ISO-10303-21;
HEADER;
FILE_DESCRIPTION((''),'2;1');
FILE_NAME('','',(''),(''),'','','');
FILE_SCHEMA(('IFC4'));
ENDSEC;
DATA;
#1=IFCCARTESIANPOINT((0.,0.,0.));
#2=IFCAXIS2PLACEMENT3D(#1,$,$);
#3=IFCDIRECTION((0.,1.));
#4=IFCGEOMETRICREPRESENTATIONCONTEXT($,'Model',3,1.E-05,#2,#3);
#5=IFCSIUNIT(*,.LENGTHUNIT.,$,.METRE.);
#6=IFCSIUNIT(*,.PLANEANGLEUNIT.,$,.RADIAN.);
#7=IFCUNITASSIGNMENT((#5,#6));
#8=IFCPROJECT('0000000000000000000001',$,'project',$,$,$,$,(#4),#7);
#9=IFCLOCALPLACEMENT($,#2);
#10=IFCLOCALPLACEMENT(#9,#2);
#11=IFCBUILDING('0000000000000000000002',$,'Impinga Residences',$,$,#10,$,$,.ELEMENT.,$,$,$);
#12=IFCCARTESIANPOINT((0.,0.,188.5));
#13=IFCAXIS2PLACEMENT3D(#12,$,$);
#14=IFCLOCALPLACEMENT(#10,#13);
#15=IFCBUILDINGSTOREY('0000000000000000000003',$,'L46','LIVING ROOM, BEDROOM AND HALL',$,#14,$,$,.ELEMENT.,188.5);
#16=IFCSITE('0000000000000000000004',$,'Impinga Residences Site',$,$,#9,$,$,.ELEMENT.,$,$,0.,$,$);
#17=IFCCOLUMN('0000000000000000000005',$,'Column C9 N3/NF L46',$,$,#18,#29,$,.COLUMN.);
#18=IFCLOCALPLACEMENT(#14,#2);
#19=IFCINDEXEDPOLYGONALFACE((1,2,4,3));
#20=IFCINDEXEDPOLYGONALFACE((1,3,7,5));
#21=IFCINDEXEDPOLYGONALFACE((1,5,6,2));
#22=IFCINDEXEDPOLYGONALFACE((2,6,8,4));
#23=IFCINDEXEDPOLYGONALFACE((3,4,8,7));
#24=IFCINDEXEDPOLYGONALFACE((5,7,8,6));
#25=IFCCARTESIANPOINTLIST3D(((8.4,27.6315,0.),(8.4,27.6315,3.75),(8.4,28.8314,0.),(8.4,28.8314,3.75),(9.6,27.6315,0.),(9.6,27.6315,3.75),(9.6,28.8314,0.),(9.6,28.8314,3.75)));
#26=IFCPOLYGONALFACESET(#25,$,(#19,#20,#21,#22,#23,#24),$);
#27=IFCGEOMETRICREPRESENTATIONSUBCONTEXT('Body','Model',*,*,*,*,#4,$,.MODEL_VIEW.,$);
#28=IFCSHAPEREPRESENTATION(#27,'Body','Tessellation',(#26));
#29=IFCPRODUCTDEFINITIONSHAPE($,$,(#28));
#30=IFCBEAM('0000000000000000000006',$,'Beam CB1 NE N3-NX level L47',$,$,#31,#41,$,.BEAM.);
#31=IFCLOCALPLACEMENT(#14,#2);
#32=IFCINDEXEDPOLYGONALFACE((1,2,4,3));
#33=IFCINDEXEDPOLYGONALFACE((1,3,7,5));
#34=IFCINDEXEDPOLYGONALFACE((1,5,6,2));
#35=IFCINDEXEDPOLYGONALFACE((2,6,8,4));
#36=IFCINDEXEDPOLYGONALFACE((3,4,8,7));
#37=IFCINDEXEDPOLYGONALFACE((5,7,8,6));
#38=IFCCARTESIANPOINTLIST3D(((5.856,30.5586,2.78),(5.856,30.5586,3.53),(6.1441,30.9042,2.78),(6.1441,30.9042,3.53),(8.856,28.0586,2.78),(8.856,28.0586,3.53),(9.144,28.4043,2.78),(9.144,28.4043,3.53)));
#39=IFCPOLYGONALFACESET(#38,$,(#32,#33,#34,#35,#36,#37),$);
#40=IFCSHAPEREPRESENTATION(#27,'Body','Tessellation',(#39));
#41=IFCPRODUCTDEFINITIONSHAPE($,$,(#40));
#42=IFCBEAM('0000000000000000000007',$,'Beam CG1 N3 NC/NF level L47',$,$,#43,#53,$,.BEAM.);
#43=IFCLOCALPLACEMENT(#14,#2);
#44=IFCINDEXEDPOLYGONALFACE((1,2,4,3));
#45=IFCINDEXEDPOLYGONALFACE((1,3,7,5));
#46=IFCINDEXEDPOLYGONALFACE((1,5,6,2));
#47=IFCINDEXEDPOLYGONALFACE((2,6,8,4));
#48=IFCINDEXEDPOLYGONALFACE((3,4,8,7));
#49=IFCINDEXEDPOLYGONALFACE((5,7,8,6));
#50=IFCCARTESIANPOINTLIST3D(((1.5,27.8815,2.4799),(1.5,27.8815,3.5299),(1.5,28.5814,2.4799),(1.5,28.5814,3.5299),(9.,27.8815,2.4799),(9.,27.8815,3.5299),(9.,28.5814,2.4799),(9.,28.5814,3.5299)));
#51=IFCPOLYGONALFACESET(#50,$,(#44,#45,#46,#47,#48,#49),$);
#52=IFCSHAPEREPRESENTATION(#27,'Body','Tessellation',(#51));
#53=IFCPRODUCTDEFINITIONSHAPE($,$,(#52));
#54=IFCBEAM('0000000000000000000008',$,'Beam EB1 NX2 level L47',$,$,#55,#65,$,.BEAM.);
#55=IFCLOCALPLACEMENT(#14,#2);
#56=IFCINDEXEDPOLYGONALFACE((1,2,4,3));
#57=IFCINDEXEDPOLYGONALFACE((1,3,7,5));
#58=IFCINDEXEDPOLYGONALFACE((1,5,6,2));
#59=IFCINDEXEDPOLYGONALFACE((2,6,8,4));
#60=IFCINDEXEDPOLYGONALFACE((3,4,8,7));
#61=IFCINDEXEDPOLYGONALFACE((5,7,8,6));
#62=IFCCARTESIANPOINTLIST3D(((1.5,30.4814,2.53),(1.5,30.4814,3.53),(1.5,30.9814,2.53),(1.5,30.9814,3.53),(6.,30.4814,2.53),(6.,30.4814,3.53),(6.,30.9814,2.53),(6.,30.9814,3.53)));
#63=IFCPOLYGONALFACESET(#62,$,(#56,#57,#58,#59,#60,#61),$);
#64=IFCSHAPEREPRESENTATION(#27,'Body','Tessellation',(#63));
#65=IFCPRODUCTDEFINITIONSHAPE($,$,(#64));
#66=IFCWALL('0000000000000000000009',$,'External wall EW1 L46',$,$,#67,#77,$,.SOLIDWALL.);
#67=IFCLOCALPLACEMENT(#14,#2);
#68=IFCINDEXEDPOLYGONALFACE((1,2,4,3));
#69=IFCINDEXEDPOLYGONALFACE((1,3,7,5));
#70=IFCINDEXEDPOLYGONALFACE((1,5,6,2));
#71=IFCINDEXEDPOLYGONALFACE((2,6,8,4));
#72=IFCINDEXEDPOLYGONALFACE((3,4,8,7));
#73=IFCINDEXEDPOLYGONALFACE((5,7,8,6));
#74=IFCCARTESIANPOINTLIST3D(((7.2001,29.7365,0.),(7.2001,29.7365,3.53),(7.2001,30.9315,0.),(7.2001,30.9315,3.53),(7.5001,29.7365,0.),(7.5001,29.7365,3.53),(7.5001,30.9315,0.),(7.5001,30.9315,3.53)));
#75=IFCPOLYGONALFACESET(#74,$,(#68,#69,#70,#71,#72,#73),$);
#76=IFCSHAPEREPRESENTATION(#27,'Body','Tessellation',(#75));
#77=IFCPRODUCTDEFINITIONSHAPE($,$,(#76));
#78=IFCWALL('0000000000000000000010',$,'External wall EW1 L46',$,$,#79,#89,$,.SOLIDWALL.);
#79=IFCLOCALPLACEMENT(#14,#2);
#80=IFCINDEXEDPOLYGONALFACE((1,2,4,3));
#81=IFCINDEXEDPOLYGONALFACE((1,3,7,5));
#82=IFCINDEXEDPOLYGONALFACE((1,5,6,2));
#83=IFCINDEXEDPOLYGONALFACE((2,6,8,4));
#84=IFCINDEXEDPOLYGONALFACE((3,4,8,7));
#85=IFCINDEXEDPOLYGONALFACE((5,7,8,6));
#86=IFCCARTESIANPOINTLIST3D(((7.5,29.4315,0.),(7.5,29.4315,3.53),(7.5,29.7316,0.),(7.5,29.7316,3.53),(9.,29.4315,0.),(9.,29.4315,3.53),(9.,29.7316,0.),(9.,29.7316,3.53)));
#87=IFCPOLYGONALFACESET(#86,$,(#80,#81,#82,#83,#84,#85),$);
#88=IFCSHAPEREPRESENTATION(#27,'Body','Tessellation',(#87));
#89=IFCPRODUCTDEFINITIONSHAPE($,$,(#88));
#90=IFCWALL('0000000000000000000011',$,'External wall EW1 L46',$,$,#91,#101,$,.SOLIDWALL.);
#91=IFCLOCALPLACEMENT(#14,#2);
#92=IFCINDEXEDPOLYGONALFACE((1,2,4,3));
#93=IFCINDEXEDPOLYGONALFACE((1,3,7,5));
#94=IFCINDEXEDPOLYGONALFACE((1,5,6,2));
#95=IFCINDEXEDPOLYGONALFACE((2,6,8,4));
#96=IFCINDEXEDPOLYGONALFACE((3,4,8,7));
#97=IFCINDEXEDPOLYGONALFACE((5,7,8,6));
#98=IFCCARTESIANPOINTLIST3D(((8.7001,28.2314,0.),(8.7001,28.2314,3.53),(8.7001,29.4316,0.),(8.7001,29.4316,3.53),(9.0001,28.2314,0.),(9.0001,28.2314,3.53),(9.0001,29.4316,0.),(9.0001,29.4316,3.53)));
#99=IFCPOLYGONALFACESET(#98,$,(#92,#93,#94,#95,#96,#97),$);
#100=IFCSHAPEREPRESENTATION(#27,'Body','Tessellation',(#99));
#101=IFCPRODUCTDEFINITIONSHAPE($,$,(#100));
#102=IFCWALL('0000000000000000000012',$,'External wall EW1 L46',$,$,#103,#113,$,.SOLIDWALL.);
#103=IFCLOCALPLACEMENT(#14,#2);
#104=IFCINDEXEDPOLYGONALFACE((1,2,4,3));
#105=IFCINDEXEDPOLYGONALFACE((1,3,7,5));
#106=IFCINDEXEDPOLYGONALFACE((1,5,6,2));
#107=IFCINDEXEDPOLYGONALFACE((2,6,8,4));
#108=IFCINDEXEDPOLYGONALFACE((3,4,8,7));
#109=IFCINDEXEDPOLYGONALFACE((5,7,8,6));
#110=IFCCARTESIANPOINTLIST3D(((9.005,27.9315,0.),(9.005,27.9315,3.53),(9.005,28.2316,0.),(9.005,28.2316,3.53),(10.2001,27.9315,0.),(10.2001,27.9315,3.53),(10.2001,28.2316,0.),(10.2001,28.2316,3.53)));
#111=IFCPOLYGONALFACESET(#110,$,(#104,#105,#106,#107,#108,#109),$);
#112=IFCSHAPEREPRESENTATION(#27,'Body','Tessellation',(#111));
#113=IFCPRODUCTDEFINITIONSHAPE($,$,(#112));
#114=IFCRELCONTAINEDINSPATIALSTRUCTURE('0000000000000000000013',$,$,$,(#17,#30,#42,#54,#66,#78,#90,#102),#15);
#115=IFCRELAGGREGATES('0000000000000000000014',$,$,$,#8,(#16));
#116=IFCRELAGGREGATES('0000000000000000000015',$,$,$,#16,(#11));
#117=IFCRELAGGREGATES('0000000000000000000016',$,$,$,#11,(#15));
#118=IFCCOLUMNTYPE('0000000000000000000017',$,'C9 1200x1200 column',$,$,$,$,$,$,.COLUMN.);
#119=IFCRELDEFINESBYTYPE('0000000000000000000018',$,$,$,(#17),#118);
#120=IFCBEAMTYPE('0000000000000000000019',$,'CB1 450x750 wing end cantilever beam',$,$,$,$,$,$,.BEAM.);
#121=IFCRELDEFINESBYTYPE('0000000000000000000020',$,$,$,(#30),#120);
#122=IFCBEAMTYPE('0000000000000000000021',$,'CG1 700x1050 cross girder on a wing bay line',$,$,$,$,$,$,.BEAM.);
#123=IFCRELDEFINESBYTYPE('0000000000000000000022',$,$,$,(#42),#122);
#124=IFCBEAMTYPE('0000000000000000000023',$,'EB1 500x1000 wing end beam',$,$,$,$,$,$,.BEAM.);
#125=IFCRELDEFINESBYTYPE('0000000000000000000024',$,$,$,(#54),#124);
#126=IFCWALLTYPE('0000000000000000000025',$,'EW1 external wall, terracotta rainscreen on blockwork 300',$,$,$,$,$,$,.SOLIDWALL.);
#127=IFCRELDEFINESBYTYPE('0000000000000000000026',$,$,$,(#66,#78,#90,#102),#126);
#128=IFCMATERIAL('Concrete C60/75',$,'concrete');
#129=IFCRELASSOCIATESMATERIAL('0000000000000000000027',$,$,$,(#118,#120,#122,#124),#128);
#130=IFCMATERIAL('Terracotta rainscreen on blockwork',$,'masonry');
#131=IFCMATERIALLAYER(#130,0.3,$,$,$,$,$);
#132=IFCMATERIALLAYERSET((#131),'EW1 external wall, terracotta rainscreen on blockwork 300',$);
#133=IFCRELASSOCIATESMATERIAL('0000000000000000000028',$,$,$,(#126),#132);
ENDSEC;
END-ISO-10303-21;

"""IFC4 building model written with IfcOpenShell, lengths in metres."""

from ifc_helpers import new_model, si_unit, direction, frame, frame_2d, origin, origin_2d, place, context, subcontext, project, spatial, rectangle, extrude, material, layer, layer_set, material_profile, profile_set, type_object, element, save


model = new_model("IFC4")

# Units and contexts
model_context = context("Model", 3, precision=1e-05, world=origin(), true_north=direction((0.0, 1.0)))
body_context = subcontext(model_context, "Body", "Model", "MODEL_VIEW")
ifc_project = project(units=[si_unit("LENGTHUNIT", "METRE"), si_unit("PLANEANGLEUNIT", "RADIAN")], contexts=[model_context])

# Site, building, storey
site_placement = place(None, origin())
site = spatial("IfcSite", under=ifc_project, at=site_placement, Name="Impinga Residences Site", CompositionType="ELEMENT", RefElevation=0.0)
building_placement = place(site_placement, origin())
building = spatial("IfcBuilding", under=site, at=building_placement, Name="Impinga Residences", CompositionType="ELEMENT")
storey_placement = place(building_placement, frame((0.0, 0.0, 188.5)))
storey = spatial("IfcBuildingStorey", under=building, at=storey_placement, Name="L46", Description="LIVING ROOM, BEDROOM AND HALL", CompositionType="ELEMENT", Elevation=188.5)

# Column
ifc_material_1 = material(Name="Concrete C60/75", Category="concrete")
ifc_material_profile_1 = material_profile(ifc_material_1, rectangle(XDim=1.2, YDim=1.2, at=origin_2d()), Name="RC 1200x1200")
ifc_profile_set_1 = profile_set([ifc_material_profile_1], Name="Concrete C60/75")
column_type = type_object("IfcColumnType", Name="C9 1200x1200 column", PredefinedType="COLUMN", material=ifc_profile_set_1)
column_placement = place(storey_placement, frame((9.0, 28.2314, 0.0), z_axis=(0.0, 0.0, 1.0), x_axis=(1.0, 0.0, 0.0)))
element("IfcColumn", 1, at=column_placement, inside=storey, type_object=column_type, Name="Column C9 N3/NF L46", PredefinedType="COLUMN", context=body_context, shape_type="SweptSolid", body=[
    extrude(rectangle(XDim=1.2, YDim=1.2, at=origin_2d()), origin(), (0.0, 0.0, 1.0), 3.75),
])

# Beams
ifc_material_profile_2 = material_profile(ifc_material_1, rectangle(XDim=0.45, YDim=0.75, at=origin_2d()), Name="RC 450x750")
ifc_profile_set_2 = profile_set([ifc_material_profile_2], Name="Concrete C60/75")
beam_type_1 = type_object("IfcBeamType", Name="CB1 450x750 wing end cantilever beam", PredefinedType="BEAM", material=ifc_profile_set_2)
beam_1_placement = place(storey_placement, frame((9.0, 28.2314, 3.155), z_axis=(-0.768221, 0.640184, 0.0), x_axis=(-0.640184, -0.768221, 0.0)))
element("IfcBeam", 2, at=beam_1_placement, inside=storey, type_object=beam_type_1, Name="Beam CB1 NE N3-NX level L47", PredefinedType="BEAM", context=body_context, shape_type="SweptSolid", body=[
    extrude(rectangle(XDim=0.45, YDim=0.75, at=origin_2d()), origin(), (0.0, 0.0, 1.0), 3.905),
])
ifc_material_profile_3 = material_profile(ifc_material_1, rectangle(XDim=0.7, YDim=1.05, at=origin_2d()), Name="RC 700x1050")
ifc_profile_set_3 = profile_set([ifc_material_profile_3], Name="Concrete C60/75")
beam_type_2 = type_object("IfcBeamType", Name="CG1 700x1050 cross girder on a wing bay line", PredefinedType="BEAM", material=ifc_profile_set_3)
beam_2_placement = place(storey_placement, frame((1.5, 28.2314, 3.0049), z_axis=(1.0, 0.0, 0.0), x_axis=(0.0, 1.0, 0.0)))
element("IfcBeam", 3, at=beam_2_placement, inside=storey, type_object=beam_type_2, Name="Beam CG1 N3 NC/NF level L47", PredefinedType="BEAM", context=body_context, shape_type="SweptSolid", body=[
    extrude(rectangle(XDim=0.7, YDim=1.05, at=origin_2d()), origin(), (0.0, 0.0, 1.0), 7.5),
])
ifc_material_profile_4 = material_profile(ifc_material_1, rectangle(XDim=0.5, YDim=1.0, at=origin_2d()), Name="RC 500x1000")
ifc_profile_set_4 = profile_set([ifc_material_profile_4], Name="Concrete C60/75")
beam_type_3 = type_object("IfcBeamType", Name="EB1 500x1000 wing end beam", PredefinedType="BEAM", material=ifc_profile_set_4)
beam_3_placement = place(storey_placement, frame((1.5, 30.7314, 3.03), z_axis=(1.0, 0.0, 0.0), x_axis=(0.0, 1.0, 0.0)))
element("IfcBeam", 4, at=beam_3_placement, inside=storey, type_object=beam_type_3, Name="Beam EB1 NX2 level L47", PredefinedType="BEAM", context=body_context, shape_type="SweptSolid", body=[
    extrude(rectangle(XDim=0.5, YDim=1.0, at=origin_2d()), origin(), (0.0, 0.0, 1.0), 4.5),
])

# Walls
ifc_material_2 = material(Name="Terracotta rainscreen on blockwork", Category="masonry")
ifc_layer_1 = layer(ifc_material_2, 0.3)
ifc_layer_set_1 = layer_set([ifc_layer_1], Name="EW1 external wall, terracotta rainscreen on blockwork 300")
wall_type_1 = type_object("IfcWallType", Name="EW1 external wall, terracotta rainscreen on blockwork 300", PredefinedType="SOLIDWALL", material=ifc_layer_set_1)
wall_1_placement = place(storey_placement, frame((7.3501, 30.9316, 0.0), z_axis=(0.0, 0.0, 1.0), x_axis=(0.0, -1.0, 0.0)))
element("IfcWall", 5, at=wall_1_placement, inside=storey, type_object=wall_type_1, Name="External wall EW1 L46", PredefinedType="SOLIDWALL", context=body_context, shape_type="SweptSolid", body=[
    extrude(rectangle(XDim=1.1951, YDim=0.3, at=frame_2d((0.5977, 0.0))), origin(), (0.0, 0.0, 1.0), 3.53),
])
wall_2_placement = place(storey_placement, frame((7.5, 29.5815, 0.0), z_axis=(0.0, 0.0, 1.0), x_axis=(1.0, 0.0, 0.0)))
element("IfcWall", 6, at=wall_2_placement, inside=storey, type_object=wall_type_1, Name="External wall EW1 L46", PredefinedType="SOLIDWALL", context=body_context, shape_type="SweptSolid", body=[
    extrude(rectangle(XDim=1.5, YDim=0.3, at=frame_2d((0.75, 0.0))), origin(), (0.0, 0.0, 1.0), 3.53),
])
wall_3_placement = place(storey_placement, frame((8.8501, 29.4316, 0.0), z_axis=(0.0, 0.0, 1.0), x_axis=(0.0, -1.0, 0.0)))
element("IfcWall", 7, at=wall_3_placement, inside=storey, type_object=wall_type_1, Name="External wall EW1 L46", PredefinedType="SOLIDWALL", context=body_context, shape_type="SweptSolid", body=[
    extrude(rectangle(XDim=1.2002, YDim=0.3, at=frame_2d((0.6001, 0.0))), origin(), (0.0, 0.0, 1.0), 3.53),
])
wall_4_placement = place(storey_placement, frame((9.0049, 28.0815, 0.0), z_axis=(0.0, 0.0, 1.0), x_axis=(1.0, 0.0, 0.0)))
element("IfcWall", 8, at=wall_4_placement, inside=storey, type_object=wall_type_1, Name="External wall EW1 L46", PredefinedType="SOLIDWALL", context=body_context, shape_type="SweptSolid", body=[
    extrude(rectangle(XDim=1.1951, YDim=0.3, at=frame_2d((0.5977, 0.0))), origin(), (0.0, 0.0, 1.0), 3.53),
])

save(model, "model.ifc")
